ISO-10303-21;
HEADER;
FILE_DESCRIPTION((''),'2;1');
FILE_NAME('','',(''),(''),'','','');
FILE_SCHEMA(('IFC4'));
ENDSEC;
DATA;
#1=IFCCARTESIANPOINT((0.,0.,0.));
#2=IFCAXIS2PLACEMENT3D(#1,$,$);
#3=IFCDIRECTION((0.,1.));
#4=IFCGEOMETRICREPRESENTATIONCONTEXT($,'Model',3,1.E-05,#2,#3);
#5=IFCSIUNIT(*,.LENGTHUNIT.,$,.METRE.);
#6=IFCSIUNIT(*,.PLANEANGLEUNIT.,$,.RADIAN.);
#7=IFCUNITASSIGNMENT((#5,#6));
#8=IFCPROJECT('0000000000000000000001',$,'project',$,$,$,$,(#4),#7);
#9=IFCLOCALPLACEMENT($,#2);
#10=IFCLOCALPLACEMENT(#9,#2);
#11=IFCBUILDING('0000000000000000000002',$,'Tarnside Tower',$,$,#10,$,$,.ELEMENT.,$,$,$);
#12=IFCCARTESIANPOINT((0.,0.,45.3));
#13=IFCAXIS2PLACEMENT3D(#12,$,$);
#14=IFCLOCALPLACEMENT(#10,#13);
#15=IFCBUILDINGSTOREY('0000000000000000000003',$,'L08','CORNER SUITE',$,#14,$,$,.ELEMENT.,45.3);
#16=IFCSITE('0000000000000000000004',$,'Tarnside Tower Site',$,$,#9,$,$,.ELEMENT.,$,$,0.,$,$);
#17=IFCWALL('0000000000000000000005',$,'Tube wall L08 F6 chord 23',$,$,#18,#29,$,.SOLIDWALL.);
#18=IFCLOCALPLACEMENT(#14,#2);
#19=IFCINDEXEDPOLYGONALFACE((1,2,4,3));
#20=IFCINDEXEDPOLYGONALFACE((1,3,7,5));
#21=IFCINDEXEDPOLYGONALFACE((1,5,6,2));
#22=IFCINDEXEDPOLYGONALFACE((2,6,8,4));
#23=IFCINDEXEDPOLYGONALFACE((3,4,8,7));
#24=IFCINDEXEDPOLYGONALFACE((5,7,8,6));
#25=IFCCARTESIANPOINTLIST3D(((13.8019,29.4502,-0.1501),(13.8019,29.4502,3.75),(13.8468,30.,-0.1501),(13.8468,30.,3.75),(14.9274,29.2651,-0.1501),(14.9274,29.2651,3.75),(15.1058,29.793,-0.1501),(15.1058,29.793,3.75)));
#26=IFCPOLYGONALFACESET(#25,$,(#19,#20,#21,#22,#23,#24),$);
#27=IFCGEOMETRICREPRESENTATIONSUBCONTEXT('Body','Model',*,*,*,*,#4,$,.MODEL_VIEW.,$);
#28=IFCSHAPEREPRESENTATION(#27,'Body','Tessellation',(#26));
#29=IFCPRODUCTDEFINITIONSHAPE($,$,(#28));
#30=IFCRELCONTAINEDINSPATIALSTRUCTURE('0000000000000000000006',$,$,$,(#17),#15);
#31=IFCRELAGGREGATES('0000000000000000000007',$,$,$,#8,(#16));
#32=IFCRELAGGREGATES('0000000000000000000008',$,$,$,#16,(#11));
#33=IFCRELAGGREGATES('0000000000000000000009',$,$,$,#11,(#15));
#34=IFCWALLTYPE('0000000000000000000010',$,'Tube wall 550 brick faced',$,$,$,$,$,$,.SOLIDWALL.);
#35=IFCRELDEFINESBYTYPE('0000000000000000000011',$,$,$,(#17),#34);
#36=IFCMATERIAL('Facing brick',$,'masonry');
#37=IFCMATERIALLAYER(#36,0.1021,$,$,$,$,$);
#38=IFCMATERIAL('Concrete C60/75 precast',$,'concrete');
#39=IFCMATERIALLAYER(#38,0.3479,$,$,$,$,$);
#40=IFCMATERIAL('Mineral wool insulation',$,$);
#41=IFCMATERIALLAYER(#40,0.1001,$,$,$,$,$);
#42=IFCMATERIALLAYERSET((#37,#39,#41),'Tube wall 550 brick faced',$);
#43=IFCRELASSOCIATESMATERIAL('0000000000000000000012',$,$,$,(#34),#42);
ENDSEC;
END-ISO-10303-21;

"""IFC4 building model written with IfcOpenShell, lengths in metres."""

from ifc_helpers import new_model, si_unit, direction, frame, origin, place, context, subcontext, project, spatial, polyline, outline, extrude, material, layer, layer_set, type_object, element, save


model = new_model("IFC4")

# Units and contexts
model_context = context("Model", 3, precision=1e-05, world=origin(), true_north=direction((0.0, 1.0)))
body_context = subcontext(model_context, "Body", "Model", "MODEL_VIEW")
ifc_project = project(units=[si_unit("LENGTHUNIT", "METRE"), si_unit("PLANEANGLEUNIT", "RADIAN")], contexts=[model_context])

# Site, building, storey
site_placement = place(None, origin())
site = spatial("IfcSite", under=ifc_project, at=site_placement, Name="Tarnside Tower Site", CompositionType="ELEMENT", RefElevation=0.0)
building_placement = place(site_placement, origin())
building = spatial("IfcBuilding", under=site, at=building_placement, Name="Tarnside Tower", CompositionType="ELEMENT")
storey_placement = place(building_placement, frame((0.0, 0.0, 45.3)))
storey = spatial("IfcBuildingStorey", under=building, at=storey_placement, Name="L08", Description="CORNER SUITE", CompositionType="ELEMENT", Elevation=45.3)

# Shared definitions
ifc_material_1 = material(Name="Facing brick", Category="masonry")
ifc_layer_1 = layer(ifc_material_1, 0.1021)
ifc_material_2 = material(Name="Concrete C60/75 precast", Category="concrete")
ifc_layer_2 = layer(ifc_material_2, 0.3479)
ifc_material_3 = material(Name="Mineral wool insulation")
ifc_layer_3 = layer(ifc_material_3, 0.1001)
ifc_layer_set_1 = layer_set([ifc_layer_1, ifc_layer_2, ifc_layer_3], Name="Tube wall 550 brick faced")
wall_type_1 = type_object("IfcWallType", Name="Tube wall 550 brick faced", PredefinedType="SOLIDWALL", material=ifc_layer_set_1)

# Wall
wall_1_placement = place(storey_placement, frame((15.0166, 29.5291, -0.1501), z_axis=(0.0, 0.0, 1.0), x_axis=(-0.986747, 0.162269, 0.0)))
element("IfcWall", 1, at=wall_1_placement, inside=storey, type_object=wall_type_1, Name="Tube wall L08 F6 chord 23", PredefinedType="SOLIDWALL", context=body_context, shape_type="SweptSolid", body=[
    extrude(outline(polyline([(-0.0452, -0.2749), (1.2307, -0.2749), (1.1858, 0.2749), (0.0452, 0.2749), (-0.0452, -0.2749)])), origin(), (0.0, 0.0, 1.0), 3.9001),
])

save(model, "model.ifc")
